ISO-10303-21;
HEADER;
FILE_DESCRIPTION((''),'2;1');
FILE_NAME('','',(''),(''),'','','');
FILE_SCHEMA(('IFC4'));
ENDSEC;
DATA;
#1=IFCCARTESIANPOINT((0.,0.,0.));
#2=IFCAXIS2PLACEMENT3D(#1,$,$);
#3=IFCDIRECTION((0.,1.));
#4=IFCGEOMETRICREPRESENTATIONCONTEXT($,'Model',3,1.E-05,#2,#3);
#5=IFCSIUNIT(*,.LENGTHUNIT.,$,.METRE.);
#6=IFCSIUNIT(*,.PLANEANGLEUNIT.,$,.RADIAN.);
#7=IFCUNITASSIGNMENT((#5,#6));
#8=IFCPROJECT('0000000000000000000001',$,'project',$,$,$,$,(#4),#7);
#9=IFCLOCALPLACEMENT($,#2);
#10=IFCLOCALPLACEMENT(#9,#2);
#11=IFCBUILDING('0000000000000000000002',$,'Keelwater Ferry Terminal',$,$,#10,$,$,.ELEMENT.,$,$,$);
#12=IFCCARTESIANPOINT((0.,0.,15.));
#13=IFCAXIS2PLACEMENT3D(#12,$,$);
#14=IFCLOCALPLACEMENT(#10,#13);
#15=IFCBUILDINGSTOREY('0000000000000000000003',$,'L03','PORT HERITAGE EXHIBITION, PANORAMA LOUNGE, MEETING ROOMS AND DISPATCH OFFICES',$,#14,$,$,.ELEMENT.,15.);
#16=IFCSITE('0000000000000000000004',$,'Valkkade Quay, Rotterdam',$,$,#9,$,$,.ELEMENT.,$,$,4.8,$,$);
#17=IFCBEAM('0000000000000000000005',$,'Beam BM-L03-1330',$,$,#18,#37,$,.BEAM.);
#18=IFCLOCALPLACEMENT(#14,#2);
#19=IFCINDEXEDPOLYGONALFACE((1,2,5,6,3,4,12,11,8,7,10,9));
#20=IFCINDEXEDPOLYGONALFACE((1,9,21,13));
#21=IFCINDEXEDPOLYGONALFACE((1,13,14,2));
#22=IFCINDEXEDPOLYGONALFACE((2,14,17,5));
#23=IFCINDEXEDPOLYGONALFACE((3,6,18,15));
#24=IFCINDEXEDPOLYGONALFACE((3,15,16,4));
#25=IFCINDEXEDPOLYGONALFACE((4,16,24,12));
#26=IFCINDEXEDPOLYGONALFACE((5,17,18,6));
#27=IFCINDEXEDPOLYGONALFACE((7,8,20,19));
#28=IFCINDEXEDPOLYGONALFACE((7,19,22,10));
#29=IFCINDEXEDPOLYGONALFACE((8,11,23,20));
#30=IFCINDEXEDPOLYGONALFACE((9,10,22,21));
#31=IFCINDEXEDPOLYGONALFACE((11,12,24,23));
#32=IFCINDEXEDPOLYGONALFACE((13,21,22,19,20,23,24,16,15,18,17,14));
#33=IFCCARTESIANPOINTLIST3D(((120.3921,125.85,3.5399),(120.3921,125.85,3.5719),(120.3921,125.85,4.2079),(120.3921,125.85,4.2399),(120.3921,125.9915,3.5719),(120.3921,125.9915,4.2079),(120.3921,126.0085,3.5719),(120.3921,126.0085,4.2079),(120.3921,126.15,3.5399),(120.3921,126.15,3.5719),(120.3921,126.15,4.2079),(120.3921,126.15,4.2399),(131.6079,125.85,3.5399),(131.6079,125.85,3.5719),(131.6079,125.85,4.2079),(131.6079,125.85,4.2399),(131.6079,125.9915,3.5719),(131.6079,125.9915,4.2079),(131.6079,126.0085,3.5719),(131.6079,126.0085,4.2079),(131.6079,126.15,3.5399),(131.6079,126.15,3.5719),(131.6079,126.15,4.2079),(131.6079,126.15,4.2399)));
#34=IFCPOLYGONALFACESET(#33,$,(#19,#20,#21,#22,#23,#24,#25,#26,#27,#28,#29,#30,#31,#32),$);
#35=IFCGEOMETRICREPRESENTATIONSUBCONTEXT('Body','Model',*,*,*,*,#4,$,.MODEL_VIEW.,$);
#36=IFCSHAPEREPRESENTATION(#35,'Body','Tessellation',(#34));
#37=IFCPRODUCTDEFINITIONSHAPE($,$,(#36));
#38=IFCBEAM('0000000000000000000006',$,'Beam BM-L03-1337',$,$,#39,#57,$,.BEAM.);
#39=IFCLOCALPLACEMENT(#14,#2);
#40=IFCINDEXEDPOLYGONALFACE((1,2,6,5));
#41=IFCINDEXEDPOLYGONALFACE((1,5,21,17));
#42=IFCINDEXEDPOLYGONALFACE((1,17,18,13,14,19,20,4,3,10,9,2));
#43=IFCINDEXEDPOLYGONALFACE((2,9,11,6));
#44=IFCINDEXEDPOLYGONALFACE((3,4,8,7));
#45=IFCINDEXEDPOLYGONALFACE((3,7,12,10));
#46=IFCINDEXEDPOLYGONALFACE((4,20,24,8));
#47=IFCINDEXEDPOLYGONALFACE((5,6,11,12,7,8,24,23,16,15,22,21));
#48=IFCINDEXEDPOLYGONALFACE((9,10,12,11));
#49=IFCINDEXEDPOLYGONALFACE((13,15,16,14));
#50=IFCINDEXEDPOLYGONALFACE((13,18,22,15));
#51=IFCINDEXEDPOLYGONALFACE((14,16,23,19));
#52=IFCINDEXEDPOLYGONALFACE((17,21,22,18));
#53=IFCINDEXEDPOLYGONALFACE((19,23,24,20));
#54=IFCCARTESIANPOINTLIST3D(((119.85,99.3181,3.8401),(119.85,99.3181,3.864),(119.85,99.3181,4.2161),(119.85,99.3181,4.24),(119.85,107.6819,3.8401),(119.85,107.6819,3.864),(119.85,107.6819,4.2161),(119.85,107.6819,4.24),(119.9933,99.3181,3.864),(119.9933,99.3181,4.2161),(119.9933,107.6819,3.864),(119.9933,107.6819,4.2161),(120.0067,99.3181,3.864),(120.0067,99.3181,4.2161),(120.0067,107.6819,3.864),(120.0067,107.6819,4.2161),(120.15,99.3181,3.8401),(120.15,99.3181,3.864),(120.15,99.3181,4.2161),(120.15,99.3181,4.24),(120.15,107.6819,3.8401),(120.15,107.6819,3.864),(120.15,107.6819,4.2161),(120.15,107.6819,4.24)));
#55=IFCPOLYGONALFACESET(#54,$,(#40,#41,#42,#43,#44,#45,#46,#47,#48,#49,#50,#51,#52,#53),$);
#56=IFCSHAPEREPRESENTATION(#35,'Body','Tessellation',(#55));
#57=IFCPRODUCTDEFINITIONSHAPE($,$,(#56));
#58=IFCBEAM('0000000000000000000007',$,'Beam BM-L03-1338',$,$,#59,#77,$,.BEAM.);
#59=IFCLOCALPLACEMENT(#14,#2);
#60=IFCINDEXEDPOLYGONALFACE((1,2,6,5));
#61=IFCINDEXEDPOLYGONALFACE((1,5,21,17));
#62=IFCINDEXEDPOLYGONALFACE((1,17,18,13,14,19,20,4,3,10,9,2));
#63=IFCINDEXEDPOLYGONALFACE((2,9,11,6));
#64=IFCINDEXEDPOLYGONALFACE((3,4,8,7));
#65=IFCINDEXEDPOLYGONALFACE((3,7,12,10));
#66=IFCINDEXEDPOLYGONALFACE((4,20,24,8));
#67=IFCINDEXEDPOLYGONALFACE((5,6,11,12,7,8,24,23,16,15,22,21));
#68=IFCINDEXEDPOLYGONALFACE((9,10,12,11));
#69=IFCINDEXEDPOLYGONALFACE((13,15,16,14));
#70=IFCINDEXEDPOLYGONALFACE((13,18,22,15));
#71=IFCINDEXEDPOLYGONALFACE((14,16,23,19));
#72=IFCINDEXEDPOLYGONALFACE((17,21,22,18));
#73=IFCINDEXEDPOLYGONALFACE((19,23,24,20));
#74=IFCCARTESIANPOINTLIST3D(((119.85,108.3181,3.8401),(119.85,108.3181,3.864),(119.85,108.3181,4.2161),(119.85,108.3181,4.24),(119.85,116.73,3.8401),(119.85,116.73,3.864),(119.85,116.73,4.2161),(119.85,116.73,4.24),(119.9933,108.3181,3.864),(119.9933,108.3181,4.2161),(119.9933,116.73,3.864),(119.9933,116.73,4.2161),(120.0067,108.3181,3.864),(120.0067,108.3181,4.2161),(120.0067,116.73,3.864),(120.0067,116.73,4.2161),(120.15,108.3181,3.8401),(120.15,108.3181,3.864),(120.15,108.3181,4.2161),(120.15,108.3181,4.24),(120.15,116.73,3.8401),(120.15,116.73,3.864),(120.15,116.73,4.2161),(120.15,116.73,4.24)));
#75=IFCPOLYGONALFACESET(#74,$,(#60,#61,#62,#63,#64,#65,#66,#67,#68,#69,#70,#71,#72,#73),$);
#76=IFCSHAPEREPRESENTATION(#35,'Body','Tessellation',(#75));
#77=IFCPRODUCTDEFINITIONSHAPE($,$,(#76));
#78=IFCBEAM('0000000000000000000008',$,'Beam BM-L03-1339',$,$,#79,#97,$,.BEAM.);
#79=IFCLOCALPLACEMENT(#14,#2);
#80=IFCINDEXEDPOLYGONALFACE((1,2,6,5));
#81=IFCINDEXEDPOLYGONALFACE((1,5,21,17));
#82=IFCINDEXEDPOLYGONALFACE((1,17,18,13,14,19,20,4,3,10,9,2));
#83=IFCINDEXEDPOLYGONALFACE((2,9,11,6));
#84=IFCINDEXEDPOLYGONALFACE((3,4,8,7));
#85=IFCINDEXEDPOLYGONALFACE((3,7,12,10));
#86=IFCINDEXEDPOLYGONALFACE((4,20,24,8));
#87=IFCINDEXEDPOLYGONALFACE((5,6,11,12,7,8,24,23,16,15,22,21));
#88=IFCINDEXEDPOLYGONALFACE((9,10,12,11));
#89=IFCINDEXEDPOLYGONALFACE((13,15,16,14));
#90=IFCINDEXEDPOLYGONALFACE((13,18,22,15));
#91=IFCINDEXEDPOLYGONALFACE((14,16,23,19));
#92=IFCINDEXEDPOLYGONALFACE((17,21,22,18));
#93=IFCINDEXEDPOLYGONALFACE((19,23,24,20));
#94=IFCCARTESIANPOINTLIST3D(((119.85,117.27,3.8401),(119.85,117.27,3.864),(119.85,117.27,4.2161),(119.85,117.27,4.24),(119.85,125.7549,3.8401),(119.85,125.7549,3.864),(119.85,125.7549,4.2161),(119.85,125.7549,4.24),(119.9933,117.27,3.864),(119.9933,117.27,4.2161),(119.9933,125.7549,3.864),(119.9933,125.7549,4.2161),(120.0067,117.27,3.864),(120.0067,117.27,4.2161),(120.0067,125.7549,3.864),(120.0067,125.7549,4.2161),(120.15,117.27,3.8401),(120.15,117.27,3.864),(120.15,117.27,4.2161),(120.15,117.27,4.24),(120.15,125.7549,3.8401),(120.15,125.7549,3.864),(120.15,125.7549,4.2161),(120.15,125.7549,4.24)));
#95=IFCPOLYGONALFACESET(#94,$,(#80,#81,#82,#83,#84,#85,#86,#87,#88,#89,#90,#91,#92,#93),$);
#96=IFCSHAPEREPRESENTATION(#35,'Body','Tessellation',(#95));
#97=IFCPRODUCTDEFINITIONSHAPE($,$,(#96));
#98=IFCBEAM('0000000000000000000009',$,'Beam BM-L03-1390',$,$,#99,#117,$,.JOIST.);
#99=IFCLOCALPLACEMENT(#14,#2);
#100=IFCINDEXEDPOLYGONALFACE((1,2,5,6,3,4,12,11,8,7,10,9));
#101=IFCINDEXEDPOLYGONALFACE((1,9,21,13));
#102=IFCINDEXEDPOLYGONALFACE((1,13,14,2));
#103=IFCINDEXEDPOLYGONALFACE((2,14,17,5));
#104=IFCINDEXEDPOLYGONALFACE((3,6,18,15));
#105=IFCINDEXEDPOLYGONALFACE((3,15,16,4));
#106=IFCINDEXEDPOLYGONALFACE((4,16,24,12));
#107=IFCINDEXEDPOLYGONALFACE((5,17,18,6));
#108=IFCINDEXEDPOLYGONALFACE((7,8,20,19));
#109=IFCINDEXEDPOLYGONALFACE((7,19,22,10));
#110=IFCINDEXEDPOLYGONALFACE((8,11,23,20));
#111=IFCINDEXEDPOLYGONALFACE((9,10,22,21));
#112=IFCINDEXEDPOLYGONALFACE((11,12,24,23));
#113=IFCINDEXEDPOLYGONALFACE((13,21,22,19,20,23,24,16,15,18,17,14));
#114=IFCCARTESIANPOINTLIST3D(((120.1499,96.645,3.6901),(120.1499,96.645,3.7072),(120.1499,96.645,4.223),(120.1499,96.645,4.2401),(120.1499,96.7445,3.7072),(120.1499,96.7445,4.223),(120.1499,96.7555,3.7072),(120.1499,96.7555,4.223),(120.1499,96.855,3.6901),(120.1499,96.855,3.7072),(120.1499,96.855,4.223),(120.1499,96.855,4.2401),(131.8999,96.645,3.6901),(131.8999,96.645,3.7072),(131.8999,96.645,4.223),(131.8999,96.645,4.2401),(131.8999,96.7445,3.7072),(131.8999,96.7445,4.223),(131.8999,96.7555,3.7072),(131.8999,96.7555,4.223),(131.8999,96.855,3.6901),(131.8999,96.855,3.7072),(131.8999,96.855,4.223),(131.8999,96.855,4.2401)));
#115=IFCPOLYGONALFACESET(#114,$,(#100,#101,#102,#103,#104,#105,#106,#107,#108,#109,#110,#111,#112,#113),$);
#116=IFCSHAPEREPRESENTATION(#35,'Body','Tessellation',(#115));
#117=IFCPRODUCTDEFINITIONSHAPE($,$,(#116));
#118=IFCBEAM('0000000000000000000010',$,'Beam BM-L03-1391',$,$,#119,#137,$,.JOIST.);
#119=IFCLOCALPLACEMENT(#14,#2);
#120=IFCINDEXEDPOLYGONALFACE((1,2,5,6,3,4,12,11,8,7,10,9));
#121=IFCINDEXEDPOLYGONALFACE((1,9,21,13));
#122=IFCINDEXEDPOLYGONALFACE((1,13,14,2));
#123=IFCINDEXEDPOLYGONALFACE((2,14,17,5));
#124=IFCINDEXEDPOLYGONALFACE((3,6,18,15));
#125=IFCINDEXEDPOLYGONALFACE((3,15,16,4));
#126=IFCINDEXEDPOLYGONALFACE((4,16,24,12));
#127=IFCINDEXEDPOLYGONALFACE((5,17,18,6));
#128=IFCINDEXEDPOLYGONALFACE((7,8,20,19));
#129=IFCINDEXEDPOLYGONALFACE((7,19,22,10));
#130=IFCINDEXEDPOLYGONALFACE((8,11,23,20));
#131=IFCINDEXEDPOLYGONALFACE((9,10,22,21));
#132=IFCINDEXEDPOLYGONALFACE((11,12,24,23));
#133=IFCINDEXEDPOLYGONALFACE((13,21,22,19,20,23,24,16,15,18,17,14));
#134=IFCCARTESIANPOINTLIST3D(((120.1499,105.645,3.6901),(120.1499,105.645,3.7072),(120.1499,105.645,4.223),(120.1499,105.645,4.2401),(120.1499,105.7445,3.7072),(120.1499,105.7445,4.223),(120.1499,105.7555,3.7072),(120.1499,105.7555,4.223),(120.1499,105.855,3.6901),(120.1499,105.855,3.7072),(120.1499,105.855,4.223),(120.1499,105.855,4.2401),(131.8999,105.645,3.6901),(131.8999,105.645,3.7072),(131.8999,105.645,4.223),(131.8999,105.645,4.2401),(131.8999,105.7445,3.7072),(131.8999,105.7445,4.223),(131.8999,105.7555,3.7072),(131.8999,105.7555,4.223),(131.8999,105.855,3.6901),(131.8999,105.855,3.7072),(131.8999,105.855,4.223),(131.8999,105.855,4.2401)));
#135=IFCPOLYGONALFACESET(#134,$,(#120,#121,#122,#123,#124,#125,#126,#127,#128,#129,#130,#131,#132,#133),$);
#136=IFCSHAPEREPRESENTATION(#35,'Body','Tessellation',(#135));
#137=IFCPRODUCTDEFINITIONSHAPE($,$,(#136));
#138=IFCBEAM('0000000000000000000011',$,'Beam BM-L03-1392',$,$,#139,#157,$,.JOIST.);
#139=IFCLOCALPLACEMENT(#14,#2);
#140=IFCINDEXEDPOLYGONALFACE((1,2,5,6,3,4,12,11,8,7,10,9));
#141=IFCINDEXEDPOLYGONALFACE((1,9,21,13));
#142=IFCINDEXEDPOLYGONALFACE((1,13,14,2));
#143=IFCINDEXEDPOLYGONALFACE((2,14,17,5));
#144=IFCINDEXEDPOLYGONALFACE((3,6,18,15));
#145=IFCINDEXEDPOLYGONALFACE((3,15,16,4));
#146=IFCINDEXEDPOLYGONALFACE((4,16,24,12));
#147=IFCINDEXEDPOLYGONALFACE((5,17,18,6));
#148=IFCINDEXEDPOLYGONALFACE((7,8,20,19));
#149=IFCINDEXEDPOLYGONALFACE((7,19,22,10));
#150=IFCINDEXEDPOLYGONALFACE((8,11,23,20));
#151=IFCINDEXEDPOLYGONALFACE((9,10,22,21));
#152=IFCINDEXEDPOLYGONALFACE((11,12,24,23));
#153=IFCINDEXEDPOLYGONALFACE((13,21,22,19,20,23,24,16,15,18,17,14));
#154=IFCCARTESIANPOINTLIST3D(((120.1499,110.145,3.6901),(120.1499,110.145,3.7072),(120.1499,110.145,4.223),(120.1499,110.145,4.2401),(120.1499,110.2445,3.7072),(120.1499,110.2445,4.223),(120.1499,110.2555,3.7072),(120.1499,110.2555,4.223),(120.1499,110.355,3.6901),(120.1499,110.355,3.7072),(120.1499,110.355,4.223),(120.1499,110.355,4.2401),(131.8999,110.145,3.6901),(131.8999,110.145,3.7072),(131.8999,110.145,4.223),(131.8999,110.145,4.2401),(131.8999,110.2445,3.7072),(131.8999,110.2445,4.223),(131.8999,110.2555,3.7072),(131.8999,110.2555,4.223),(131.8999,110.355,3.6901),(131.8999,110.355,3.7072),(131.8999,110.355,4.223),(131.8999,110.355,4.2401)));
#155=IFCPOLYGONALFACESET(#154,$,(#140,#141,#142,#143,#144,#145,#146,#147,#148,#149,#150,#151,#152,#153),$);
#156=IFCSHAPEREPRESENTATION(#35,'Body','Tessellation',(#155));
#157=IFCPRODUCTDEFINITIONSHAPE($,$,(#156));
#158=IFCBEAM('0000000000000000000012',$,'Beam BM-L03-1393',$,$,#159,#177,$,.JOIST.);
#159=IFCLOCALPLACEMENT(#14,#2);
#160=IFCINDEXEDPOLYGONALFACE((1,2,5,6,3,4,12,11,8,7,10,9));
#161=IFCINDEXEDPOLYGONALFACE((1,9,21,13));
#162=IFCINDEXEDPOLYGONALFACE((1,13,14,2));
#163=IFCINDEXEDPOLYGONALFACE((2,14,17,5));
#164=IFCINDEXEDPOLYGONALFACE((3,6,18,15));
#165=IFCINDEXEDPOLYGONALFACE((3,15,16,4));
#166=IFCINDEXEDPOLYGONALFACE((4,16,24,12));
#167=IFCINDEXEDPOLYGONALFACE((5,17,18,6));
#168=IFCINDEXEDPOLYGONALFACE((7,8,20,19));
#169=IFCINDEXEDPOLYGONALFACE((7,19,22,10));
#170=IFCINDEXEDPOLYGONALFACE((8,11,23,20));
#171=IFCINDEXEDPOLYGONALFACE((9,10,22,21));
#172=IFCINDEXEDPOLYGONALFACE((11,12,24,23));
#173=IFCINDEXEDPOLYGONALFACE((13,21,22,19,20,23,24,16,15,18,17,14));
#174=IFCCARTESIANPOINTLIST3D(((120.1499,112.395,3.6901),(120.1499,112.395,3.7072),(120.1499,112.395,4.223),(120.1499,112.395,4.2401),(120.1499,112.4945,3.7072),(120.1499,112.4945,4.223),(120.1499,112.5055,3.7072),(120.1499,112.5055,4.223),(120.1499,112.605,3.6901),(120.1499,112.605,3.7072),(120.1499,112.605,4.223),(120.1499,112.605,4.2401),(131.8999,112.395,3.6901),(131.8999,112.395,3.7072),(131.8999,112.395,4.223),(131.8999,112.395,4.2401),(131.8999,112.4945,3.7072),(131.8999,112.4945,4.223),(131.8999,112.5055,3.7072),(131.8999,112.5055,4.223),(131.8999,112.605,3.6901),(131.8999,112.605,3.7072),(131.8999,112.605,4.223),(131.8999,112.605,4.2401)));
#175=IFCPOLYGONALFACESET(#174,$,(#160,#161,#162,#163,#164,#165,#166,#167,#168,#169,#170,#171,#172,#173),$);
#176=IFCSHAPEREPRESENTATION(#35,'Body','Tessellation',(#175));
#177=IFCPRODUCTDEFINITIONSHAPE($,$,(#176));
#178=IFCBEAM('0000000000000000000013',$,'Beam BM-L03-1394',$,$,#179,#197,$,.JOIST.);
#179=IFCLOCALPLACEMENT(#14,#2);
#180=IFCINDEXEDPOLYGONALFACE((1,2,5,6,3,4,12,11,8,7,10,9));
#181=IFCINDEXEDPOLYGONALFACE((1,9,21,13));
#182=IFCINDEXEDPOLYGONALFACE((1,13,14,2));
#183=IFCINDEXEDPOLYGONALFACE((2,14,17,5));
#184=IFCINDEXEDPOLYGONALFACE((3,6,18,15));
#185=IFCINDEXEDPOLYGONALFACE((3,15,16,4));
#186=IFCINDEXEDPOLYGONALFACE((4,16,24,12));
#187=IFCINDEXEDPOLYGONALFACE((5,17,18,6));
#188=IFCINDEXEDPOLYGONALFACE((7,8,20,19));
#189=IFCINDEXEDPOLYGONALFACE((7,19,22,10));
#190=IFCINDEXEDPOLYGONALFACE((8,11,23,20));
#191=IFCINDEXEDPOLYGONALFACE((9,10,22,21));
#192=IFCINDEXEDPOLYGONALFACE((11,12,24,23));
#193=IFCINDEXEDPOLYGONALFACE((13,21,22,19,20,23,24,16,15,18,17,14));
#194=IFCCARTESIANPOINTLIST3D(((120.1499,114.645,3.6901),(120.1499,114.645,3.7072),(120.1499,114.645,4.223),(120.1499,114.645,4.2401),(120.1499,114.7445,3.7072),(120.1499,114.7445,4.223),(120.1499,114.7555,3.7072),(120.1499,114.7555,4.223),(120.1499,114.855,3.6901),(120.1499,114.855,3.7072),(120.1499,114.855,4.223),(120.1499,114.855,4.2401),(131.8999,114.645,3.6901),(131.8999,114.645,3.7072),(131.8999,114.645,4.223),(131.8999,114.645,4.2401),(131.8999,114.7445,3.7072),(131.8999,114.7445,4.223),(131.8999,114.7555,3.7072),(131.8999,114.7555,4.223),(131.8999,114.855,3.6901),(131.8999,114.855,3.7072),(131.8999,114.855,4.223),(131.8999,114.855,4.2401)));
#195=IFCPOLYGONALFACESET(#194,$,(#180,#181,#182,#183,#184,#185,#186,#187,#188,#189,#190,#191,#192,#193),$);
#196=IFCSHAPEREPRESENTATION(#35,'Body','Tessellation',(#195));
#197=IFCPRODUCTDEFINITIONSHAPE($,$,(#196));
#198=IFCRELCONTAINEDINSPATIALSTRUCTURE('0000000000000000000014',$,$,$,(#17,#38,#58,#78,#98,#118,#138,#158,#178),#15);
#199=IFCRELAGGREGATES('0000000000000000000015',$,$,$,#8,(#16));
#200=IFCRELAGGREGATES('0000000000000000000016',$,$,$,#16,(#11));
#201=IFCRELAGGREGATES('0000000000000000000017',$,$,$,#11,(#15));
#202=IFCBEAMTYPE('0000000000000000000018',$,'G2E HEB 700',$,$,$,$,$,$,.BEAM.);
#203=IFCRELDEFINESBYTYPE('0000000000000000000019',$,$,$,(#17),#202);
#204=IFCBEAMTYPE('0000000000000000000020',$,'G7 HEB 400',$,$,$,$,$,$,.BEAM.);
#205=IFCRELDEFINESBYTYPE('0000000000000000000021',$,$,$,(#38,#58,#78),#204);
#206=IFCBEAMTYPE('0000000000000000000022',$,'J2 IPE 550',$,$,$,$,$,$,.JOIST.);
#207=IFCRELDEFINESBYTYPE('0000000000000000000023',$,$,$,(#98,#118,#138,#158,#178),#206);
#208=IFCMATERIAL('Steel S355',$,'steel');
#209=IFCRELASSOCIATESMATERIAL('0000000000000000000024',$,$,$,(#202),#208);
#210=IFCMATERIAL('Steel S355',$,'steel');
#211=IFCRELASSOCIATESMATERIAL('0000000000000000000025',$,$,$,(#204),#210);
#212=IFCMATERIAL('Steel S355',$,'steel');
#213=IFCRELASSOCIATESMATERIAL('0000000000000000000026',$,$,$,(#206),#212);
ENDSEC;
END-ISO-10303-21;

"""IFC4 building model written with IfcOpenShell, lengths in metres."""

from ifc_helpers import new_model, si_unit, direction, frame, origin, origin_2d, place, context, subcontext, project, spatial, i_section, extrude, material, material_profile, profile_set, type_object, element, save


model = new_model("IFC4")

# Units and contexts
model_context = context("Model", 3, precision=1e-05, world=origin(), true_north=direction((0.0, 1.0)))
body_context = subcontext(model_context, "Body", "Model", "MODEL_VIEW")
ifc_project = project(units=[si_unit("LENGTHUNIT", "METRE"), si_unit("PLANEANGLEUNIT", "RADIAN")], contexts=[model_context])

# Site, building, storey
site_placement = place(None, origin())
site = spatial("IfcSite", under=ifc_project, at=site_placement, Name="Valkkade Quay, Rotterdam", CompositionType="ELEMENT", RefElevation=4.8)
building_placement = place(site_placement, origin())
building = spatial("IfcBuilding", under=site, at=building_placement, Name="Keelwater Ferry Terminal", CompositionType="ELEMENT")
storey_placement = place(building_placement, frame((0.0, 0.0, 15.0)))
storey = spatial("IfcBuildingStorey", under=building, at=storey_placement, Name="L03", Description="PORT HERITAGE EXHIBITION, PANORAMA LOUNGE, MEETING ROOMS AND DISPATCH OFFICES", CompositionType="ELEMENT", Elevation=15.0)

# Beams
ifc_material_1 = material(Name="Steel S355", Category="steel")
ifc_material_profile_1 = material_profile(ifc_material_1, i_section(OverallWidth=0.3, OverallDepth=0.7, WebThickness=0.0171, FlangeThickness=0.032, at=origin_2d()), Name="HEB 700")
ifc_profile_set_1 = profile_set([ifc_material_profile_1], Name="Steel S355")
beam_type_1 = type_object("IfcBeamType", Name="G2E HEB 700", PredefinedType="BEAM", material=ifc_profile_set_1)
beam_1_placement = place(storey_placement, frame((120.3921, 126.0, 3.8899), z_axis=(1.0, 0.0, 0.0), x_axis=(0.0, 1.0, 0.0)))
element("IfcBeam", 1, at=beam_1_placement, inside=storey, type_object=beam_type_1, Name="Beam BM-L03-1330", PredefinedType="BEAM", context=body_context, shape_type="SweptSolid", body=[
    extrude(i_section(OverallWidth=0.3, OverallDepth=0.7, WebThickness=0.0171, FlangeThickness=0.032, at=origin_2d()), origin(), (0.0, 0.0, 1.0), 11.2158),
])
ifc_material_2 = material(Name="Steel S355", Category="steel")
ifc_material_profile_2 = material_profile(ifc_material_2, i_section(OverallWidth=0.3, OverallDepth=0.3999, WebThickness=0.0134, FlangeThickness=0.0239, at=origin_2d()), Name="HEB 400")
ifc_profile_set_2 = profile_set([ifc_material_profile_2], Name="Steel S355")
beam_type_2 = type_object("IfcBeamType", Name="G7 HEB 400", PredefinedType="BEAM", material=ifc_profile_set_2)
beam_2_placement = place(storey_placement, frame((120.0, 99.3181, 4.04), z_axis=(0.0, 1.0, 0.0), x_axis=(-1.0, 0.0, 0.0)))
element("IfcBeam", 2, at=beam_2_placement, inside=storey, type_object=beam_type_2, Name="Beam BM-L03-1337", PredefinedType="BEAM", context=body_context, shape_type="SweptSolid", body=[
    extrude(i_section(OverallWidth=0.3, OverallDepth=0.3999, WebThickness=0.0134, FlangeThickness=0.0239, at=origin_2d()), origin(), (0.0, 0.0, 1.0), 8.3638),
])
beam_3_placement = place(storey_placement, frame((120.0, 108.3181, 4.04), z_axis=(0.0, 1.0, 0.0), x_axis=(-1.0, 0.0, 0.0)))
element("IfcBeam", 3, at=beam_3_placement, inside=storey, type_object=beam_type_2, Name="Beam BM-L03-1338", PredefinedType="BEAM", context=body_context, shape_type="SweptSolid", body=[
    extrude(i_section(OverallWidth=0.3, OverallDepth=0.3999, WebThickness=0.0134, FlangeThickness=0.0239, at=origin_2d()), origin(), (0.0, 0.0, 1.0), 8.4119),
])
beam_4_placement = place(storey_placement, frame((120.0, 117.27, 4.04), z_axis=(0.0, 1.0, 0.0), x_axis=(-1.0, 0.0, 0.0)))
element("IfcBeam", 4, at=beam_4_placement, inside=storey, type_object=beam_type_2, Name="Beam BM-L03-1339", PredefinedType="BEAM", context=body_context, shape_type="SweptSolid", body=[
    extrude(i_section(OverallWidth=0.3, OverallDepth=0.3999, WebThickness=0.0134, FlangeThickness=0.0239, at=origin_2d()), origin(), (0.0, 0.0, 1.0), 8.4849),
])
ifc_material_3 = material(Name="Steel S355", Category="steel")
ifc_material_profile_3 = material_profile(ifc_material_3, i_section(OverallWidth=0.21, OverallDepth=0.55, WebThickness=0.011, FlangeThickness=0.0171, at=origin_2d()), Name="IPE 550")
ifc_profile_set_3 = profile_set([ifc_material_profile_3], Name="Steel S355")
beam_type_3 = type_object("IfcBeamType", Name="J2 IPE 550", PredefinedType="JOIST", material=ifc_profile_set_3)
for number, where, z_axis, x_axis, name in (
    (5, (120.1499, 96.75, 3.9651), (1.0, 0.0, 0.0), (0.0, 1.0, 0.0), "Beam BM-L03-1390"),
    (6, (120.1499, 105.75, 3.9651), (1.0, 0.0, 0.0), (0.0, 1.0, 0.0), "Beam BM-L03-1391"),
    (7, (120.1499, 110.25, 3.9651), (1.0, 0.0, 0.0), (0.0, 1.0, 0.0), "Beam BM-L03-1392"),
    (8, (120.1499, 112.5, 3.9651), (1.0, 0.0, 0.0), (0.0, 1.0, 0.0), "Beam BM-L03-1393"),
    (9, (120.1499, 114.75, 3.9651), (1.0, 0.0, 0.0), (0.0, 1.0, 0.0), "Beam BM-L03-1394"),
):
    element("IfcBeam", number, at=place(storey_placement, frame(where, z_axis=z_axis, x_axis=x_axis)), inside=storey, type_object=beam_type_3, Name=name, PredefinedType="JOIST", context=body_context, shape_type="SweptSolid", body=[
        extrude(i_section(OverallWidth=0.21, OverallDepth=0.55, WebThickness=0.011, FlangeThickness=0.0171, at=origin_2d()), origin(), (0.0, 0.0, 1.0), 11.75),
    ])

save(model, "model.ifc")
